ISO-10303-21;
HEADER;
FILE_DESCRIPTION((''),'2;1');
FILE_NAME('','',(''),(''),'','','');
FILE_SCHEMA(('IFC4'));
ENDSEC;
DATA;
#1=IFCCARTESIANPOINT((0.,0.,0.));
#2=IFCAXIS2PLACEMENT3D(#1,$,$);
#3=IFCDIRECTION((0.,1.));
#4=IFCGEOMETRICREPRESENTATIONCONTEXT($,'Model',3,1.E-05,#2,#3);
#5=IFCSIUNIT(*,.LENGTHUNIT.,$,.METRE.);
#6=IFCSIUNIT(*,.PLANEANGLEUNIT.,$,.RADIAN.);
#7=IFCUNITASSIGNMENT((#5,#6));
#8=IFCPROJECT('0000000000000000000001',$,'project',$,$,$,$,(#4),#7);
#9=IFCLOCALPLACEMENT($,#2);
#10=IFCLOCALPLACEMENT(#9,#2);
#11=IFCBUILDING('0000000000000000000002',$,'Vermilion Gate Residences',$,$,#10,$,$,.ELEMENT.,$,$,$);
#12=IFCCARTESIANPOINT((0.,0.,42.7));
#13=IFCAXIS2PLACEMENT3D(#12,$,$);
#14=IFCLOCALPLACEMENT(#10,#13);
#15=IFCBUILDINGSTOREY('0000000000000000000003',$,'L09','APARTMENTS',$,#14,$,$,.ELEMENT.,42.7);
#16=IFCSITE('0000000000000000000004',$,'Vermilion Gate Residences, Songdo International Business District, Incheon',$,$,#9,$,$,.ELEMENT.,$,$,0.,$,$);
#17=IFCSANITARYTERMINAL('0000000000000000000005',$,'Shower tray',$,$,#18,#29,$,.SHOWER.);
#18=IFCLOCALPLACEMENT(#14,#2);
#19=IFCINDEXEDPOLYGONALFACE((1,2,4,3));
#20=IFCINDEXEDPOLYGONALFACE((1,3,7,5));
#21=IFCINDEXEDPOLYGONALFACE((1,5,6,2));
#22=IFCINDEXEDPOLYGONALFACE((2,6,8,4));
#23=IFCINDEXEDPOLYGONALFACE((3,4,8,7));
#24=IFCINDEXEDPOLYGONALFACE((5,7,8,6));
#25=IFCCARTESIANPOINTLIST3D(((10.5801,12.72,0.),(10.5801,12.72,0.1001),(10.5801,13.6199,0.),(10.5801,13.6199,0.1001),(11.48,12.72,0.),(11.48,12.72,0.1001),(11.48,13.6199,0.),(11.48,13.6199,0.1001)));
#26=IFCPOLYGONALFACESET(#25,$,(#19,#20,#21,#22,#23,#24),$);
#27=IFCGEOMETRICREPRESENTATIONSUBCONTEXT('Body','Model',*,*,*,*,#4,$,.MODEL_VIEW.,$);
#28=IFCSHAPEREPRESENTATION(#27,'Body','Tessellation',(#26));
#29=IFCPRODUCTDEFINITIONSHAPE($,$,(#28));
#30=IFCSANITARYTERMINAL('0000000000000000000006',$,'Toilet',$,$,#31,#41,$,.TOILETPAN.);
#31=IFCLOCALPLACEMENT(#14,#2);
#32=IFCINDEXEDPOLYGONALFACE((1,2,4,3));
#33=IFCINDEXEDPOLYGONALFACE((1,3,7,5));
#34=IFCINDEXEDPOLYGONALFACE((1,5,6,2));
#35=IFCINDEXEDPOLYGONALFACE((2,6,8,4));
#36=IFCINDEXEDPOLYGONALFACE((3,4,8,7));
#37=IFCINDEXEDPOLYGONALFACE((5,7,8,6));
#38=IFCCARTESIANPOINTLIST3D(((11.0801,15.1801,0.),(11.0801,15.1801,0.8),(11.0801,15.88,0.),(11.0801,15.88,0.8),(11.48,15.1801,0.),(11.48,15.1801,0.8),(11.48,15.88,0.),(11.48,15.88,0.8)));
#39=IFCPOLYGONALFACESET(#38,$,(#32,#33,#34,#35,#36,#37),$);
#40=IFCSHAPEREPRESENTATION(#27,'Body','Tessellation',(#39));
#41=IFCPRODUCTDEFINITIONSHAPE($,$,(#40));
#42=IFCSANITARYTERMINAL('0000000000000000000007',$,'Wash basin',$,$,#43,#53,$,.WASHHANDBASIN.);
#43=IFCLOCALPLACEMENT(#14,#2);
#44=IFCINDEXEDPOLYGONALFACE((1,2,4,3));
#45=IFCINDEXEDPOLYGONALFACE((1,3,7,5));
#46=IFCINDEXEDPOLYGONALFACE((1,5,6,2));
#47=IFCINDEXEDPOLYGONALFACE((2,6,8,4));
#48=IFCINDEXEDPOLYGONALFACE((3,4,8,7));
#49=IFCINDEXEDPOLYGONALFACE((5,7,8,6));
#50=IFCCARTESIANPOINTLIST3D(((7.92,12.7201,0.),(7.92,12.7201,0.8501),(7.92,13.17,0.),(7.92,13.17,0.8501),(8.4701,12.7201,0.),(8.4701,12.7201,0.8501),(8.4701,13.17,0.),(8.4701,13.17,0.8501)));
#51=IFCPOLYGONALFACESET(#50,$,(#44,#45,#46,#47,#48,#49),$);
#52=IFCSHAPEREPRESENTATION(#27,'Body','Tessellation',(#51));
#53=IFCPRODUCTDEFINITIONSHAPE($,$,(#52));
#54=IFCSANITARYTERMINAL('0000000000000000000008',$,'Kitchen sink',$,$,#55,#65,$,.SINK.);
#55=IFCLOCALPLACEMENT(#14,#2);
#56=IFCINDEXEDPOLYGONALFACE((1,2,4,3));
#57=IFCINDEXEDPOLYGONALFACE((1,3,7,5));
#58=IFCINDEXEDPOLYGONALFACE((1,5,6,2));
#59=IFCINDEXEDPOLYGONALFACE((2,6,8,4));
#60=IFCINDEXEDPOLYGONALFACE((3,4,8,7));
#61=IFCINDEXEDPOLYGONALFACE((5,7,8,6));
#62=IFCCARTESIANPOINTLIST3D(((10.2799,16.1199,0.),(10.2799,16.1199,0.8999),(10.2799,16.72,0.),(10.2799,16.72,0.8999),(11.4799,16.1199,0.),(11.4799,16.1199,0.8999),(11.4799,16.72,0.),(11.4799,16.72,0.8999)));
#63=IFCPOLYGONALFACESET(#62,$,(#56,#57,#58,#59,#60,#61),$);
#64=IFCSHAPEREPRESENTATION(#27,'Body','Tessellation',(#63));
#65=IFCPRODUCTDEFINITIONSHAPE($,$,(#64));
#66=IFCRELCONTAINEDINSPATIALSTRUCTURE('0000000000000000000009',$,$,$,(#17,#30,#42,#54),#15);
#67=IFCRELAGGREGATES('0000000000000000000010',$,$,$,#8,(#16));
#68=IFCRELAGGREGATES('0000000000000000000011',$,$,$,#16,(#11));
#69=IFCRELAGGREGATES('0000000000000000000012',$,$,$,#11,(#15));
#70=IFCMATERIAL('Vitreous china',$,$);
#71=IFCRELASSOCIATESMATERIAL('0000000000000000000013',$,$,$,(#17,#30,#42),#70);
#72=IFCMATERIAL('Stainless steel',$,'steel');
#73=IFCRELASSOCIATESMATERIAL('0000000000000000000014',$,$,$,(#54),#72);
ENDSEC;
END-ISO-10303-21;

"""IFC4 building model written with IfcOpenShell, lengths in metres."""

from ifc_helpers import new_model, si_unit, direction, frame, origin, origin_2d, place, context, subcontext, project, spatial, rectangle, extrude, material, element, save


model = new_model("IFC4")

# Units and contexts
model_context = context("Model", 3, precision=1e-05, world=origin(), true_north=direction((0.0, 1.0)))
body_context = subcontext(model_context, "Body", "Model", "MODEL_VIEW")
ifc_project = project(units=[si_unit("LENGTHUNIT", "METRE"), si_unit("PLANEANGLEUNIT", "RADIAN")], contexts=[model_context])

# Site, building, storey
site_placement = place(None, origin())
site = spatial("IfcSite", under=ifc_project, at=site_placement, Name="Vermilion Gate Residences, Songdo International Business District, Incheon", CompositionType="ELEMENT", RefElevation=0.0)
building_placement = place(site_placement, origin())
building = spatial("IfcBuilding", under=site, at=building_placement, Name="Vermilion Gate Residences", CompositionType="ELEMENT")
storey_placement = place(building_placement, frame((0.0, 0.0, 42.7)))
storey = spatial("IfcBuildingStorey", under=building, at=storey_placement, Name="L09", Description="APARTMENTS", CompositionType="ELEMENT", Elevation=42.7)

# Sanitary terminals
ifc_material_1 = material(Name="Stainless steel", Category="steel")
ifc_material_2 = material(Name="Vitreous china")
sanitary_terminal_1_placement = place(storey_placement, frame((11.03, 13.1699, 0.0), z_axis=(0.0, 0.0, 1.0), x_axis=(1.0, 0.0, 0.0)))
element("IfcSanitaryTerminal", 1, at=sanitary_terminal_1_placement, inside=storey, material=ifc_material_2, Name="Shower tray", PredefinedType="SHOWER", context=body_context, shape_type="SweptSolid", body=[
    extrude(rectangle(XDim=0.8999, YDim=0.8999, at=origin_2d()), origin(), (0.0, 0.0, 1.0), 0.1001),
])
sanitary_terminal_2_placement = place(storey_placement, frame((11.28, 15.53, 0.0), z_axis=(0.0, 0.0, 1.0), x_axis=(1.0, 0.0, 0.0)))
element("IfcSanitaryTerminal", 2, at=sanitary_terminal_2_placement, inside=storey, material=ifc_material_2, Name="Toilet", PredefinedType="TOILETPAN", context=body_context, shape_type="SweptSolid", body=[
    extrude(rectangle(XDim=0.3999, YDim=0.7, at=origin_2d()), origin(), (0.0, 0.0, 1.0), 0.8),
])
sanitary_terminal_3_placement = place(storey_placement, frame((8.1951, 12.9451, 0.0), z_axis=(0.0, 0.0, 1.0), x_axis=(1.0, 0.0, 0.0)))
element("IfcSanitaryTerminal", 3, at=sanitary_terminal_3_placement, inside=storey, material=ifc_material_2, Name="Wash basin", PredefinedType="WASHHANDBASIN", context=body_context, shape_type="SweptSolid", body=[
    extrude(rectangle(XDim=0.55, YDim=0.45, at=origin_2d()), origin(), (0.0, 0.0, 1.0), 0.8501),
])
sanitary_terminal_4_placement = place(storey_placement, frame((10.8799, 16.4199, 0.0), z_axis=(0.0, 0.0, 1.0), x_axis=(1.0, 0.0, 0.0)))
element("IfcSanitaryTerminal", 4, at=sanitary_terminal_4_placement, inside=storey, material=ifc_material_1, Name="Kitchen sink", PredefinedType="SINK", context=body_context, shape_type="SweptSolid", body=[
    extrude(rectangle(XDim=1.2, YDim=0.6001, at=origin_2d()), origin(), (0.0, 0.0, 1.0), 0.8999),
])

save(model, "model.ifc")
